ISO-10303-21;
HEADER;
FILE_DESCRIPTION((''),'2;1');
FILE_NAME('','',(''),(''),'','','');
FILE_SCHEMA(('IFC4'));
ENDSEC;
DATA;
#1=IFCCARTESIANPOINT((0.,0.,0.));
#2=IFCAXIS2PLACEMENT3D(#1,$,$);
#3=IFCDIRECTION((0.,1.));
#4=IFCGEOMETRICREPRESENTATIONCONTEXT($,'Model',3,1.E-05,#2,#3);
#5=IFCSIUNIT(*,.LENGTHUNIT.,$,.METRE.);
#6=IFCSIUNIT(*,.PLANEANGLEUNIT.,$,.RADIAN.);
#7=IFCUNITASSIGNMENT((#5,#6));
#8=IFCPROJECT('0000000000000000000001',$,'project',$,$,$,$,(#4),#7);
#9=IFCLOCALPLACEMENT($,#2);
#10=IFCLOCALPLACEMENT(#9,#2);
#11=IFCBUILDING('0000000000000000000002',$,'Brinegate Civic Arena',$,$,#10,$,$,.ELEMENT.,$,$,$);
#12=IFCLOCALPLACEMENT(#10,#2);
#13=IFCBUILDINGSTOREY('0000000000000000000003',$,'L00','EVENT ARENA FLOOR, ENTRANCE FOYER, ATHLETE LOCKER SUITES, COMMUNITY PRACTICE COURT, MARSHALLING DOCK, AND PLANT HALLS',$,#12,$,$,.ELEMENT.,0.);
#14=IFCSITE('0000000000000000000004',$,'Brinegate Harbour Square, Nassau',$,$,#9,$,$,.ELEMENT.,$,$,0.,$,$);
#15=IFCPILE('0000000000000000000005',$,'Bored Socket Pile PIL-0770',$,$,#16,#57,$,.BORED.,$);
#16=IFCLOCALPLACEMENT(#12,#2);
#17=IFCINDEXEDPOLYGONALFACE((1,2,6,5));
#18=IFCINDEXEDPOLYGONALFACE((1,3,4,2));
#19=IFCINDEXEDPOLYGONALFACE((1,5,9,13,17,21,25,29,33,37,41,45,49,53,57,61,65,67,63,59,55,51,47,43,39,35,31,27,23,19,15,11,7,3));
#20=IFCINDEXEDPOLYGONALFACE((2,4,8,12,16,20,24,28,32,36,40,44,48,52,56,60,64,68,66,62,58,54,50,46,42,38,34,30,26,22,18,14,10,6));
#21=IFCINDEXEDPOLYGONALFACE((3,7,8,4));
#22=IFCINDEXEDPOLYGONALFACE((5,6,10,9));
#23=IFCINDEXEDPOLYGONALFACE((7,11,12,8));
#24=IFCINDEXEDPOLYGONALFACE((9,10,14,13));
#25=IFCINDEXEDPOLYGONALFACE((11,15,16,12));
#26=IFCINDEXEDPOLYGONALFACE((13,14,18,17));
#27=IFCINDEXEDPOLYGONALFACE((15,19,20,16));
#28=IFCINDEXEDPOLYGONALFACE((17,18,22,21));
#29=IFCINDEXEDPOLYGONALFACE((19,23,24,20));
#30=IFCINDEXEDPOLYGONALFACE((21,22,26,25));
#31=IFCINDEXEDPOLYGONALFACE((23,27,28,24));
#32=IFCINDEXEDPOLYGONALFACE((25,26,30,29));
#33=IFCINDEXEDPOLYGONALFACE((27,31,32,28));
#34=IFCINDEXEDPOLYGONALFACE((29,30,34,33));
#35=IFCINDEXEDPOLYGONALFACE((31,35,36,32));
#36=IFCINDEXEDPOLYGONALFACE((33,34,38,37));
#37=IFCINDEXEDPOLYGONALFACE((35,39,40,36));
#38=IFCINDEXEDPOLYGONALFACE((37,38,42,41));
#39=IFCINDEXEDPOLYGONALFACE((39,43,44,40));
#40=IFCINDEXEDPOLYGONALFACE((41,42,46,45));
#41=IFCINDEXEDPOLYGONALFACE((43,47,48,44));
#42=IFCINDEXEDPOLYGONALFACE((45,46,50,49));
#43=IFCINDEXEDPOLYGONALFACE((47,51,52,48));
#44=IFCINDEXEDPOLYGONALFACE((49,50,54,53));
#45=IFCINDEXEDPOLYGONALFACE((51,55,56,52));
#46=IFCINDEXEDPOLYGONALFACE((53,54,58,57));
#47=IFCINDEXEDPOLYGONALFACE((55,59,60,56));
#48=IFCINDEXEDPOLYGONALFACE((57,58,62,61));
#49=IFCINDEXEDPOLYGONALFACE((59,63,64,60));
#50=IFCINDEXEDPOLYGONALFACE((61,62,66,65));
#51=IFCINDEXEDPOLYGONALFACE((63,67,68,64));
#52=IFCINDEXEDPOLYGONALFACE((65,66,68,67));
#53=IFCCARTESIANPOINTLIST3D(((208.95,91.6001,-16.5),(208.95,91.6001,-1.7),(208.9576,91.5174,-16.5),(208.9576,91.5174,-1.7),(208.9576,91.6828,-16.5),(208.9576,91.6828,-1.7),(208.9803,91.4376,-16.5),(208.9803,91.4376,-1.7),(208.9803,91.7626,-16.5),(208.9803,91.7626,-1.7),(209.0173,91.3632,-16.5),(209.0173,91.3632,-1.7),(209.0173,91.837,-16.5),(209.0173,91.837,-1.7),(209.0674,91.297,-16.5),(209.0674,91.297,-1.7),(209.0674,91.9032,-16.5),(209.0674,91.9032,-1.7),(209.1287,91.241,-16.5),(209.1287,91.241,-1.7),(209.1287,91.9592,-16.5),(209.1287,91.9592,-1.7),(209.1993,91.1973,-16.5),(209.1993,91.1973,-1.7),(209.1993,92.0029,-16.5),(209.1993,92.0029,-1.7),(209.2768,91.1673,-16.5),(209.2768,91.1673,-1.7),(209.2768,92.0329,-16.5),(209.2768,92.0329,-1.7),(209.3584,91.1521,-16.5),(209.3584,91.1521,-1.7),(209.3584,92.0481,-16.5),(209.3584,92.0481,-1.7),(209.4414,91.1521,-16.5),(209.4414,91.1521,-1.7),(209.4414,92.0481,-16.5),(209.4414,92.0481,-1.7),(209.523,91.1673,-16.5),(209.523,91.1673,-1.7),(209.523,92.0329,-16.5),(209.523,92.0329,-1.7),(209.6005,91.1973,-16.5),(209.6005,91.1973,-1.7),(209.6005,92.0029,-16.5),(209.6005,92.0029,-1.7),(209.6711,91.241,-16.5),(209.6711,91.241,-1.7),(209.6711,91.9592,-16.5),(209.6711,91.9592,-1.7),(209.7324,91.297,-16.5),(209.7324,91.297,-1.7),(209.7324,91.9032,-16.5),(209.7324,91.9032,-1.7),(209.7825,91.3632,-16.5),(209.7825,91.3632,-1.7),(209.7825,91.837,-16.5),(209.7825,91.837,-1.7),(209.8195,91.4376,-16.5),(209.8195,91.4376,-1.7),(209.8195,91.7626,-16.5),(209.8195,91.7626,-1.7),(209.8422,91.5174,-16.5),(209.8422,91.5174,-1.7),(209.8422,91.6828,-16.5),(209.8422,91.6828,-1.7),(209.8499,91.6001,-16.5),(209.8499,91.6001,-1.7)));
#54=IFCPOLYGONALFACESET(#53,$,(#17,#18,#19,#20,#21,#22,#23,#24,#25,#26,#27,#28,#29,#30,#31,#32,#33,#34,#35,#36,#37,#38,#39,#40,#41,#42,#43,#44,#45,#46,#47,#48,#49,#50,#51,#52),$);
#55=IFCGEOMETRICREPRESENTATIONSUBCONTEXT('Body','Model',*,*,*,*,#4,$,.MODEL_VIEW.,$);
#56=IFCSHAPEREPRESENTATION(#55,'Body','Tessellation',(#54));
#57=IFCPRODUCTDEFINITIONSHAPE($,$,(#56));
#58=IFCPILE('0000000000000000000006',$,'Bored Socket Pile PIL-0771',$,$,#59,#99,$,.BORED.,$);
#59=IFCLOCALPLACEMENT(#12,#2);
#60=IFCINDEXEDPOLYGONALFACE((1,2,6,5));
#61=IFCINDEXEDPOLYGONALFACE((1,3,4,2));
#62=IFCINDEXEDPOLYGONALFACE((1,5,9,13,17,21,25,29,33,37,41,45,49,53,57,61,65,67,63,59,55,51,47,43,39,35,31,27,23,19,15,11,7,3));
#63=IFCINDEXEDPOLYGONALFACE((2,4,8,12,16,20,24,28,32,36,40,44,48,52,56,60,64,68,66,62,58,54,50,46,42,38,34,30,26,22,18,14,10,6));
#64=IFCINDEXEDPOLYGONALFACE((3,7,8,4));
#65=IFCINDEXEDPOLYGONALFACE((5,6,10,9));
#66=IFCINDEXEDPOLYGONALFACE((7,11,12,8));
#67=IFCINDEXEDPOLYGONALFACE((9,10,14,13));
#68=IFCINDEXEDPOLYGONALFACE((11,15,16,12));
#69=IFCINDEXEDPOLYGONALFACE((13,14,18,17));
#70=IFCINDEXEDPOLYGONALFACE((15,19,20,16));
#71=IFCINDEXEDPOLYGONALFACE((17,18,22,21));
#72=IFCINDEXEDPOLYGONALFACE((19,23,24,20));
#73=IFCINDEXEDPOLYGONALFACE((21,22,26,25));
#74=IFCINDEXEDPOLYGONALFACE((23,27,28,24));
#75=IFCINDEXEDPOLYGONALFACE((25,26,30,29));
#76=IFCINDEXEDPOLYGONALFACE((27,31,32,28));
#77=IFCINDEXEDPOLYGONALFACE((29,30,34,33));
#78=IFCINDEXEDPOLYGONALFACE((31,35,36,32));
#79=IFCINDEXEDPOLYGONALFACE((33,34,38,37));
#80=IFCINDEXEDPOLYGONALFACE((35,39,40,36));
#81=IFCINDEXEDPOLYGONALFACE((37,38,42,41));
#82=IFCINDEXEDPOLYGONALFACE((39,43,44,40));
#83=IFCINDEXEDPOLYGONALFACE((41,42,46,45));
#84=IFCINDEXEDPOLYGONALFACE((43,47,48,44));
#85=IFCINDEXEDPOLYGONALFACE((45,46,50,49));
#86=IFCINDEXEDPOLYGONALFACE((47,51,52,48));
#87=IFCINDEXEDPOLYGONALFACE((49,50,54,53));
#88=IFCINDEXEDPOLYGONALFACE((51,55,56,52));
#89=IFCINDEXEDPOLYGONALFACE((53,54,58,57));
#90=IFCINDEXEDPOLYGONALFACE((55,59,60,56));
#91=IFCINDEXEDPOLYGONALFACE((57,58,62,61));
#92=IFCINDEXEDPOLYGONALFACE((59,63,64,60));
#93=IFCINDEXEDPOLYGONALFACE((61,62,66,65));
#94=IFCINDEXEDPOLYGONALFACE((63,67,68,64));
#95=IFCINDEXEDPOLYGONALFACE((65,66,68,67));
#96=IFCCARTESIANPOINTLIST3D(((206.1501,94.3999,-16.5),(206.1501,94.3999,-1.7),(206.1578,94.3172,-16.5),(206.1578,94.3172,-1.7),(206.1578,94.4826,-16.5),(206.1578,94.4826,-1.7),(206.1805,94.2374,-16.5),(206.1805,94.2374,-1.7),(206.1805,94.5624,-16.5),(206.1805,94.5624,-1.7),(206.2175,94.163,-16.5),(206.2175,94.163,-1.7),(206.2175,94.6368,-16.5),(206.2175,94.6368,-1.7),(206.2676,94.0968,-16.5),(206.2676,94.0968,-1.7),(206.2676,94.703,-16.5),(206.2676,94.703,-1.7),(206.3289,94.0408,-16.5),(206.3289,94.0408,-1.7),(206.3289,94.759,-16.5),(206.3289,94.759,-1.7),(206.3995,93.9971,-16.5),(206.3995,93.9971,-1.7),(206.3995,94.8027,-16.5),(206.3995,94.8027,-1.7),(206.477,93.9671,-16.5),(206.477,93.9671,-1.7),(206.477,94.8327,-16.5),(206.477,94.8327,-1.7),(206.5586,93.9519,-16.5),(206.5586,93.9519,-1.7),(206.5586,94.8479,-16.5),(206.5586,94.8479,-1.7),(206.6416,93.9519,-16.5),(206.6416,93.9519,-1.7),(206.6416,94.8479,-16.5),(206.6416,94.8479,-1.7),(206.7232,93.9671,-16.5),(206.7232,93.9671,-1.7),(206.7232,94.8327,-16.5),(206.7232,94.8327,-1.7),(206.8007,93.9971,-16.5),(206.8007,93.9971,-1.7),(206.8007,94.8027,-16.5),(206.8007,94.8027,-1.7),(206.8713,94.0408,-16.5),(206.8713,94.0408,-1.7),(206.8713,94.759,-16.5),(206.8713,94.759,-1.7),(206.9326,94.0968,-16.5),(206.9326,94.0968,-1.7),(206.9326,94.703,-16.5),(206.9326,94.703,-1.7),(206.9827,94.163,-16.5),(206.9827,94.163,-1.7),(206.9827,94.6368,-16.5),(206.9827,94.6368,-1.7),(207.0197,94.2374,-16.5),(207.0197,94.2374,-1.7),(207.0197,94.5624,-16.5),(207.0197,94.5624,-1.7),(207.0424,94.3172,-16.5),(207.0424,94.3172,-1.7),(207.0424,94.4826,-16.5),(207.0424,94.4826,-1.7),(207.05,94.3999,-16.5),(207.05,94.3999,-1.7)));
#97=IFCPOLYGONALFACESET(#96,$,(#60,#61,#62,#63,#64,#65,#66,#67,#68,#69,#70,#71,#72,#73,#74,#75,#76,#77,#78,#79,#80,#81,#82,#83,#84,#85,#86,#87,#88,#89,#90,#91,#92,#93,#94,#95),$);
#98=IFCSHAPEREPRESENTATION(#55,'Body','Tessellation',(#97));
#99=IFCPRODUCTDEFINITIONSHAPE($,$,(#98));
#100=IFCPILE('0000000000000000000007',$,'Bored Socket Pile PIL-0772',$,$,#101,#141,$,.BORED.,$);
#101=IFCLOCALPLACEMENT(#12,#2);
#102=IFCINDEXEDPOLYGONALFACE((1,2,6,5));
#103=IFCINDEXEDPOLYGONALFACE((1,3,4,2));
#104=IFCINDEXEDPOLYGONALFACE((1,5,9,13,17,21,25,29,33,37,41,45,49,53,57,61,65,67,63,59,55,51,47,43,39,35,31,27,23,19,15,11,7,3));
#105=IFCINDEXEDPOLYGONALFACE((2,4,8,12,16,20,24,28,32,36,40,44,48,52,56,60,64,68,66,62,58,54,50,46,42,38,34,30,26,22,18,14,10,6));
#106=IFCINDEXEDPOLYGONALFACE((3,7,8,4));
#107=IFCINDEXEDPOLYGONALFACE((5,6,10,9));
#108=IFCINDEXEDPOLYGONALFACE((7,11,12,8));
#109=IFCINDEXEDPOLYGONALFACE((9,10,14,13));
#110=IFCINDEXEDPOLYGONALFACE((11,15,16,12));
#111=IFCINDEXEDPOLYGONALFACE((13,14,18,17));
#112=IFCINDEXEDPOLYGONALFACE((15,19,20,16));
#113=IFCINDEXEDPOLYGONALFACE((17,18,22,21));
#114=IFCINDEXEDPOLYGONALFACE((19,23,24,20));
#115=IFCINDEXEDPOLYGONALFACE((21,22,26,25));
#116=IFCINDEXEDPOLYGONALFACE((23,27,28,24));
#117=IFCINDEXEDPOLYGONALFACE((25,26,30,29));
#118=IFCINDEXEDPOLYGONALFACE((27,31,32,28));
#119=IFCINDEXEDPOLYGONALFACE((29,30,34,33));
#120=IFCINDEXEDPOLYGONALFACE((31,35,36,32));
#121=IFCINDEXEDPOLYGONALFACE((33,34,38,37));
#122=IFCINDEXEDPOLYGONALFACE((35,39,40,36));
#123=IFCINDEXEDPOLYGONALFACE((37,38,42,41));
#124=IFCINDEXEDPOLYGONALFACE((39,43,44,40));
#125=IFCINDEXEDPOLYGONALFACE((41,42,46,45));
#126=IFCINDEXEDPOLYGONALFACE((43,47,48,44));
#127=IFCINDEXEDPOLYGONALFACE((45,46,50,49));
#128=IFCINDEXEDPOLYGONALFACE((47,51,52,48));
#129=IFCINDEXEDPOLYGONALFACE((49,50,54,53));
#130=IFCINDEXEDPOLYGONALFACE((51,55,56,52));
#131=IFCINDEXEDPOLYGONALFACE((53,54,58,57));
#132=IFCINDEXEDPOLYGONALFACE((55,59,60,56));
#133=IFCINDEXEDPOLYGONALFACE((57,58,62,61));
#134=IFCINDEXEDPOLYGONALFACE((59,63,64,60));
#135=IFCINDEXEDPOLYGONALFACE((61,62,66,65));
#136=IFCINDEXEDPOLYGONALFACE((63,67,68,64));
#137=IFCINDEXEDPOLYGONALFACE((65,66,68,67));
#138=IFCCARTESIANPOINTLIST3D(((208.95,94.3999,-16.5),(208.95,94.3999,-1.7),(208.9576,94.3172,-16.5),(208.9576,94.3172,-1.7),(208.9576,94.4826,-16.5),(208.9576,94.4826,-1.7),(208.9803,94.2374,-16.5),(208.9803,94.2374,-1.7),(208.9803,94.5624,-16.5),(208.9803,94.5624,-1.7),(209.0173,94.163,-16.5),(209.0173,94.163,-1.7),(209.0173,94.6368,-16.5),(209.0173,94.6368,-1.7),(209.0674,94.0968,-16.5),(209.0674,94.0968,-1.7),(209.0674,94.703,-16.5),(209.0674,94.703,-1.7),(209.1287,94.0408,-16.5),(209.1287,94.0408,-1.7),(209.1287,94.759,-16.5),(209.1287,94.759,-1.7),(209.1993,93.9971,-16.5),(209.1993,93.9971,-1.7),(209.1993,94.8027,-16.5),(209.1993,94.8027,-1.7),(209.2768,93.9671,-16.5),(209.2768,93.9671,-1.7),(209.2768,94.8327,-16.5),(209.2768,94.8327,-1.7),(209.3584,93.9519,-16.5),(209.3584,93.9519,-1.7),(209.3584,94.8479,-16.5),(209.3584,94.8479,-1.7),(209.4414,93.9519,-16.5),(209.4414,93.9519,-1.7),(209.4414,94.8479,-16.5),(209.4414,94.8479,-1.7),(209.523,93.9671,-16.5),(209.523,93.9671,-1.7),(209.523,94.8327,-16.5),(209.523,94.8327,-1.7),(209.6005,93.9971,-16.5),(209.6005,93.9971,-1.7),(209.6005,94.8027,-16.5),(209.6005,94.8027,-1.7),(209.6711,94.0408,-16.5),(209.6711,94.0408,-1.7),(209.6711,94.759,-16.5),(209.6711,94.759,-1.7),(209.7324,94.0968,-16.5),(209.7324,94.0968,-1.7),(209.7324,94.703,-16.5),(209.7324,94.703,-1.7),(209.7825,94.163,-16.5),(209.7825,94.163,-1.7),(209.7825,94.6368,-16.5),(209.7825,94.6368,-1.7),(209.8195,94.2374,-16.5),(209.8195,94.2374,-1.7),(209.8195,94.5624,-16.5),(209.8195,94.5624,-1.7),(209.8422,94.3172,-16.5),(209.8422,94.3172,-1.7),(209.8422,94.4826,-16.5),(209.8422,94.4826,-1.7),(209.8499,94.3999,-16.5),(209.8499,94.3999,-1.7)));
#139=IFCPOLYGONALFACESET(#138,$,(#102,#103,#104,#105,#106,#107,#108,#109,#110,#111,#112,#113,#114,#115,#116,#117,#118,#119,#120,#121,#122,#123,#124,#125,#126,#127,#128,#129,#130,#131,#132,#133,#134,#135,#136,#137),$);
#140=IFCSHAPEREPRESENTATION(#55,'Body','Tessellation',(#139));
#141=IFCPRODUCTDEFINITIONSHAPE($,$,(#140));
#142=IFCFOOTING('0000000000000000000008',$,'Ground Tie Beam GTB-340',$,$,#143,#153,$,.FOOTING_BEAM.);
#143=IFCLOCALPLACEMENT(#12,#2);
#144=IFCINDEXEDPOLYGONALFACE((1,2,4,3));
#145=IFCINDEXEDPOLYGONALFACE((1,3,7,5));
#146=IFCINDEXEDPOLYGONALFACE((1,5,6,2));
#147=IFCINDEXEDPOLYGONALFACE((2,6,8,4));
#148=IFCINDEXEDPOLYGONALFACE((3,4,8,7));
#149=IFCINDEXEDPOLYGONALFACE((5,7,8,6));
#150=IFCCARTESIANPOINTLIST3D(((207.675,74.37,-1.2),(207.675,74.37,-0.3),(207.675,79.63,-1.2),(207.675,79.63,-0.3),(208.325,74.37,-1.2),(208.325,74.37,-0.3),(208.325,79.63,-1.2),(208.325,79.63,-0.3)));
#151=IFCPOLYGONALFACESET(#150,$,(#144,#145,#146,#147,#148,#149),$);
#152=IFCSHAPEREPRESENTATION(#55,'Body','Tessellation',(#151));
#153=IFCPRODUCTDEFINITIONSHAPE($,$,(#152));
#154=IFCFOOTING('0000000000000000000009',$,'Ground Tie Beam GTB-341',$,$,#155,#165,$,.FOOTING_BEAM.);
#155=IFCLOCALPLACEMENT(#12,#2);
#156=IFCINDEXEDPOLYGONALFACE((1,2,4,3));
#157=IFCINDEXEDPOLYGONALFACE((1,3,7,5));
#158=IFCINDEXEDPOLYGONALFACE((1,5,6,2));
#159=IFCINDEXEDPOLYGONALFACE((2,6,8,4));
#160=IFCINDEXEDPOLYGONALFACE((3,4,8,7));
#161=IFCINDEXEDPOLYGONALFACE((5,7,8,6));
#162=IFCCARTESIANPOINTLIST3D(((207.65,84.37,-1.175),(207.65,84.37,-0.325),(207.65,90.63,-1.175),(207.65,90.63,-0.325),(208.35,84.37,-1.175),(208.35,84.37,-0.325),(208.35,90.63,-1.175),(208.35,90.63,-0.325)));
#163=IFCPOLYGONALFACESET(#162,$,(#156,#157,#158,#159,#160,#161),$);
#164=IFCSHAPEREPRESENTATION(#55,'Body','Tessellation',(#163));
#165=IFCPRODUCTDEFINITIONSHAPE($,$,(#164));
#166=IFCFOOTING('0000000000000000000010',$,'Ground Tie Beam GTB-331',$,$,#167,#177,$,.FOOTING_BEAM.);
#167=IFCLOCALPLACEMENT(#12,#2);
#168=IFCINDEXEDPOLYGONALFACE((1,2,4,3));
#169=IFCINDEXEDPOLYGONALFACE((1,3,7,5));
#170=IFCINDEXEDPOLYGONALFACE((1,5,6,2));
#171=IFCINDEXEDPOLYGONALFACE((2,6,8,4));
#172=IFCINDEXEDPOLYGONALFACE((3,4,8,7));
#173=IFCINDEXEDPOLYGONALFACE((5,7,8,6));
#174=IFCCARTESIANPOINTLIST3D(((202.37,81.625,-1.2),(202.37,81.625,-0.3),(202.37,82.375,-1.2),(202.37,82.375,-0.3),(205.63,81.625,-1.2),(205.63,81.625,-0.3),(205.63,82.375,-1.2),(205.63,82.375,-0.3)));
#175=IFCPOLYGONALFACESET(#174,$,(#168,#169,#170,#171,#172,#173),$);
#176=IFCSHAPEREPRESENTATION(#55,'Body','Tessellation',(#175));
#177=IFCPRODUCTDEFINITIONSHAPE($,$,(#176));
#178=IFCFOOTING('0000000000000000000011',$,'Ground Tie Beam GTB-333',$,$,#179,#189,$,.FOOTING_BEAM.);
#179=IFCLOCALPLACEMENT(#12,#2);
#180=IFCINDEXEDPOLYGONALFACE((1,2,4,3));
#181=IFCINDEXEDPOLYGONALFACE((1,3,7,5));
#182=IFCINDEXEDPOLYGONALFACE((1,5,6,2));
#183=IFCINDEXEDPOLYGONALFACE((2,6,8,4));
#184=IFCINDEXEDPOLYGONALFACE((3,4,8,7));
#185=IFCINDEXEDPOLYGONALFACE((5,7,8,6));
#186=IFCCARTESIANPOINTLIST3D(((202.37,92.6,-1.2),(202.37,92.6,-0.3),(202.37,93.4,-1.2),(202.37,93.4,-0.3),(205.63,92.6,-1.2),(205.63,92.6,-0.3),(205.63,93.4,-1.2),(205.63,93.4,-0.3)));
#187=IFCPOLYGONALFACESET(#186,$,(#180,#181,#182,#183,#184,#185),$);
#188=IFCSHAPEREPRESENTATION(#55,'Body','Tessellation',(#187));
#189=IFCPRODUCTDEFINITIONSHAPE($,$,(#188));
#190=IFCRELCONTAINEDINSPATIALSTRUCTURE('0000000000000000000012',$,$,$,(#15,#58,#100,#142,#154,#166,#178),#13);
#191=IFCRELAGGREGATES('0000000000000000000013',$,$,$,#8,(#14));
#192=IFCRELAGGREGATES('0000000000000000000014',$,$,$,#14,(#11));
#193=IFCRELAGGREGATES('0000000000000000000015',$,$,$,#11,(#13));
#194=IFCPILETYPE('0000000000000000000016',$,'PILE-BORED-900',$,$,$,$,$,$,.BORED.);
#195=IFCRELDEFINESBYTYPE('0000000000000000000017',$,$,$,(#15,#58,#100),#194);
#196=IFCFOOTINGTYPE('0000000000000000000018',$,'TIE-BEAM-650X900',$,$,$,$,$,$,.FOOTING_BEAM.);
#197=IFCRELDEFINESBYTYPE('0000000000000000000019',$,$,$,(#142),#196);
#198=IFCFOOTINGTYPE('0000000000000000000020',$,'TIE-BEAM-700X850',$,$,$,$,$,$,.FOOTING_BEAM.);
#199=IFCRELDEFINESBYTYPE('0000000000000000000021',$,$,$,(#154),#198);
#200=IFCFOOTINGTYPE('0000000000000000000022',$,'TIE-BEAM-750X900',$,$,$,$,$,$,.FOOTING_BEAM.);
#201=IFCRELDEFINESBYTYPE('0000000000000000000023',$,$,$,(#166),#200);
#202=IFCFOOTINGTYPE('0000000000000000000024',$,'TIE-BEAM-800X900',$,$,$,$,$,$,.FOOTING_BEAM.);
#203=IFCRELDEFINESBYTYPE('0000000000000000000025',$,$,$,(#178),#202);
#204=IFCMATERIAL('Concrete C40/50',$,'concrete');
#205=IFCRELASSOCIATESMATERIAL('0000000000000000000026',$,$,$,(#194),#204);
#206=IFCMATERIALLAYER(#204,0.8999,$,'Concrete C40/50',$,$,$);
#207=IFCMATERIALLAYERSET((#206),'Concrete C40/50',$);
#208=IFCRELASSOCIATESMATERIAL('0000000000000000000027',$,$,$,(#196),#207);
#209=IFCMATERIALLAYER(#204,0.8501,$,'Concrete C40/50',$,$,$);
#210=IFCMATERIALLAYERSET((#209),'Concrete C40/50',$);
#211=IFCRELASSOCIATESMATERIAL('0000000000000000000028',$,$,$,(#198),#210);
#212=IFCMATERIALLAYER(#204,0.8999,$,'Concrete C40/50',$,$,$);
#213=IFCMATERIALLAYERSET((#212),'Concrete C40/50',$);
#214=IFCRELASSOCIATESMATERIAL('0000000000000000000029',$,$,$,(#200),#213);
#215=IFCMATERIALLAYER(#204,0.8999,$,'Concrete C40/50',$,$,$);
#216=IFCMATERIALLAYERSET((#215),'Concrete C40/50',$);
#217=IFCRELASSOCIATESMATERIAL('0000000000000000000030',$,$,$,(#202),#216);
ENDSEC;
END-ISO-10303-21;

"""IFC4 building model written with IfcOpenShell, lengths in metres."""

from ifc_helpers import new_model, si_unit, direction, frame, origin, origin_2d, place, context, subcontext, project, spatial, rectangle, circle, extrude, material, layer, layer_set, material_profile, profile_set, type_object, element, save


model = new_model("IFC4")

# Units and contexts
model_context = context("Model", 3, precision=1e-05, world=origin(), true_north=direction((0.0, 1.0)))
body_context = subcontext(model_context, "Body", "Model", "MODEL_VIEW")
ifc_project = project(units=[si_unit("LENGTHUNIT", "METRE"), si_unit("PLANEANGLEUNIT", "RADIAN")], contexts=[model_context])

# Site, building, storey
site_placement = place(None, origin())
site = spatial("IfcSite", under=ifc_project, at=site_placement, Name="Brinegate Harbour Square, Nassau", CompositionType="ELEMENT", RefElevation=0.0)
building_placement = place(site_placement, origin())
building = spatial("IfcBuilding", under=site, at=building_placement, Name="Brinegate Civic Arena", CompositionType="ELEMENT")
storey_placement = place(building_placement, origin())
storey = spatial("IfcBuildingStorey", under=building, at=storey_placement, Name="L00", Description="EVENT ARENA FLOOR, ENTRANCE FOYER, ATHLETE LOCKER SUITES, COMMUNITY PRACTICE COURT, MARSHALLING DOCK, AND PLANT HALLS", CompositionType="ELEMENT", Elevation=0.0)

# Shared definitions
ifc_material_1 = material(Name="Concrete C40/50", Category="concrete")

# Piles
ifc_material_profile_1 = material_profile(ifc_material_1, circle(Radius=0.45, at=origin_2d()), Name="PILED900")
ifc_profile_set_1 = profile_set([ifc_material_profile_1], Name="Concrete C40/50")
pile_type = type_object("IfcPileType", Name="PILE-BORED-900", PredefinedType="BORED", material=ifc_profile_set_1)
for number, where, z_axis, x_axis, name in (
    (1, (209.3999, 91.6001, -1.7), (0.0, 0.0, -1.0), (1.0, 0.0, 0.0), "Bored Socket Pile PIL-0770"),
    (2, (206.6001, 94.3999, -1.7), (0.0, 0.0, -1.0), (1.0, 0.0, 0.0), "Bored Socket Pile PIL-0771"),
    (3, (209.3999, 94.3999, -1.7), (0.0, 0.0, -1.0), (1.0, 0.0, 0.0), "Bored Socket Pile PIL-0772"),
):
    element("IfcPile", number, at=place(storey_placement, frame(where, z_axis=z_axis, x_axis=x_axis)), inside=storey, type_object=pile_type, Name=name, PredefinedType="BORED", context=body_context, shape_type="SweptSolid", body=[
        extrude(circle(Radius=0.45, at=origin_2d()), origin(), (0.0, 0.0, 1.0), 14.8),
    ])

# Footings
ifc_layer_1 = layer(ifc_material_1, 0.8999, Name="Concrete C40/50")
ifc_layer_set_1 = layer_set([ifc_layer_1], Name="Concrete C40/50")
footing_type_1 = type_object("IfcFootingType", Name="TIE-BEAM-650X900", PredefinedType="FOOTING_BEAM", material=ifc_layer_set_1)
footing_1_placement = place(storey_placement, frame((208.0, 77.0, -1.2), z_axis=(0.0, 0.0, 1.0), x_axis=(0.0, 1.0, 0.0)))
element("IfcFooting", 4, at=footing_1_placement, inside=storey, type_object=footing_type_1, Name="Ground Tie Beam GTB-340", PredefinedType="FOOTING_BEAM", context=body_context, shape_type="SweptSolid", body=[
    extrude(rectangle(XDim=5.26, YDim=0.6499, at=origin_2d()), origin(), (0.0, 0.0, 1.0), 0.8999),
])
ifc_layer_2 = layer(ifc_material_1, 0.8501, Name="Concrete C40/50")
ifc_layer_set_2 = layer_set([ifc_layer_2], Name="Concrete C40/50")
footing_type_2 = type_object("IfcFootingType", Name="TIE-BEAM-700X850", PredefinedType="FOOTING_BEAM", material=ifc_layer_set_2)
footing_2_placement = place(storey_placement, frame((208.0, 87.5, -1.175), z_axis=(0.0, 0.0, 1.0), x_axis=(0.0, 1.0, 0.0)))
element("IfcFooting", 5, at=footing_2_placement, inside=storey, type_object=footing_type_2, Name="Ground Tie Beam GTB-341", PredefinedType="FOOTING_BEAM", context=body_context, shape_type="SweptSolid", body=[
    extrude(rectangle(XDim=6.26, YDim=0.7, at=origin_2d()), origin(), (0.0, 0.0, 1.0), 0.8501),
])
ifc_layer_3 = layer(ifc_material_1, 0.8999, Name="Concrete C40/50")
ifc_layer_set_3 = layer_set([ifc_layer_3], Name="Concrete C40/50")
footing_type_3 = type_object("IfcFootingType", Name="TIE-BEAM-750X900", PredefinedType="FOOTING_BEAM", material=ifc_layer_set_3)
footing_3_placement = place(storey_placement, frame((204.0, 82.0, -1.2), z_axis=(0.0, 0.0, 1.0), x_axis=(1.0, 0.0, 0.0)))
element("IfcFooting", 6, at=footing_3_placement, inside=storey, type_object=footing_type_3, Name="Ground Tie Beam GTB-331", PredefinedType="FOOTING_BEAM", context=body_context, shape_type="SweptSolid", body=[
    extrude(rectangle(XDim=3.26, YDim=0.75, at=origin_2d()), origin(), (0.0, 0.0, 1.0), 0.8999),
])
ifc_layer_4 = layer(ifc_material_1, 0.8999, Name="Concrete C40/50")
ifc_layer_set_4 = layer_set([ifc_layer_4], Name="Concrete C40/50")
footing_type_4 = type_object("IfcFootingType", Name="TIE-BEAM-800X900", PredefinedType="FOOTING_BEAM", material=ifc_layer_set_4)
footing_4_placement = place(storey_placement, frame((204.0, 93.0, -1.2), z_axis=(0.0, 0.0, 1.0), x_axis=(1.0, 0.0, 0.0)))
element("IfcFooting", 7, at=footing_4_placement, inside=storey, type_object=footing_type_4, Name="Ground Tie Beam GTB-333", PredefinedType="FOOTING_BEAM", context=body_context, shape_type="SweptSolid", body=[
    extrude(rectangle(XDim=3.26, YDim=0.8, at=origin_2d()), origin(), (0.0, 0.0, 1.0), 0.8999),
])

save(model, "model.ifc")
